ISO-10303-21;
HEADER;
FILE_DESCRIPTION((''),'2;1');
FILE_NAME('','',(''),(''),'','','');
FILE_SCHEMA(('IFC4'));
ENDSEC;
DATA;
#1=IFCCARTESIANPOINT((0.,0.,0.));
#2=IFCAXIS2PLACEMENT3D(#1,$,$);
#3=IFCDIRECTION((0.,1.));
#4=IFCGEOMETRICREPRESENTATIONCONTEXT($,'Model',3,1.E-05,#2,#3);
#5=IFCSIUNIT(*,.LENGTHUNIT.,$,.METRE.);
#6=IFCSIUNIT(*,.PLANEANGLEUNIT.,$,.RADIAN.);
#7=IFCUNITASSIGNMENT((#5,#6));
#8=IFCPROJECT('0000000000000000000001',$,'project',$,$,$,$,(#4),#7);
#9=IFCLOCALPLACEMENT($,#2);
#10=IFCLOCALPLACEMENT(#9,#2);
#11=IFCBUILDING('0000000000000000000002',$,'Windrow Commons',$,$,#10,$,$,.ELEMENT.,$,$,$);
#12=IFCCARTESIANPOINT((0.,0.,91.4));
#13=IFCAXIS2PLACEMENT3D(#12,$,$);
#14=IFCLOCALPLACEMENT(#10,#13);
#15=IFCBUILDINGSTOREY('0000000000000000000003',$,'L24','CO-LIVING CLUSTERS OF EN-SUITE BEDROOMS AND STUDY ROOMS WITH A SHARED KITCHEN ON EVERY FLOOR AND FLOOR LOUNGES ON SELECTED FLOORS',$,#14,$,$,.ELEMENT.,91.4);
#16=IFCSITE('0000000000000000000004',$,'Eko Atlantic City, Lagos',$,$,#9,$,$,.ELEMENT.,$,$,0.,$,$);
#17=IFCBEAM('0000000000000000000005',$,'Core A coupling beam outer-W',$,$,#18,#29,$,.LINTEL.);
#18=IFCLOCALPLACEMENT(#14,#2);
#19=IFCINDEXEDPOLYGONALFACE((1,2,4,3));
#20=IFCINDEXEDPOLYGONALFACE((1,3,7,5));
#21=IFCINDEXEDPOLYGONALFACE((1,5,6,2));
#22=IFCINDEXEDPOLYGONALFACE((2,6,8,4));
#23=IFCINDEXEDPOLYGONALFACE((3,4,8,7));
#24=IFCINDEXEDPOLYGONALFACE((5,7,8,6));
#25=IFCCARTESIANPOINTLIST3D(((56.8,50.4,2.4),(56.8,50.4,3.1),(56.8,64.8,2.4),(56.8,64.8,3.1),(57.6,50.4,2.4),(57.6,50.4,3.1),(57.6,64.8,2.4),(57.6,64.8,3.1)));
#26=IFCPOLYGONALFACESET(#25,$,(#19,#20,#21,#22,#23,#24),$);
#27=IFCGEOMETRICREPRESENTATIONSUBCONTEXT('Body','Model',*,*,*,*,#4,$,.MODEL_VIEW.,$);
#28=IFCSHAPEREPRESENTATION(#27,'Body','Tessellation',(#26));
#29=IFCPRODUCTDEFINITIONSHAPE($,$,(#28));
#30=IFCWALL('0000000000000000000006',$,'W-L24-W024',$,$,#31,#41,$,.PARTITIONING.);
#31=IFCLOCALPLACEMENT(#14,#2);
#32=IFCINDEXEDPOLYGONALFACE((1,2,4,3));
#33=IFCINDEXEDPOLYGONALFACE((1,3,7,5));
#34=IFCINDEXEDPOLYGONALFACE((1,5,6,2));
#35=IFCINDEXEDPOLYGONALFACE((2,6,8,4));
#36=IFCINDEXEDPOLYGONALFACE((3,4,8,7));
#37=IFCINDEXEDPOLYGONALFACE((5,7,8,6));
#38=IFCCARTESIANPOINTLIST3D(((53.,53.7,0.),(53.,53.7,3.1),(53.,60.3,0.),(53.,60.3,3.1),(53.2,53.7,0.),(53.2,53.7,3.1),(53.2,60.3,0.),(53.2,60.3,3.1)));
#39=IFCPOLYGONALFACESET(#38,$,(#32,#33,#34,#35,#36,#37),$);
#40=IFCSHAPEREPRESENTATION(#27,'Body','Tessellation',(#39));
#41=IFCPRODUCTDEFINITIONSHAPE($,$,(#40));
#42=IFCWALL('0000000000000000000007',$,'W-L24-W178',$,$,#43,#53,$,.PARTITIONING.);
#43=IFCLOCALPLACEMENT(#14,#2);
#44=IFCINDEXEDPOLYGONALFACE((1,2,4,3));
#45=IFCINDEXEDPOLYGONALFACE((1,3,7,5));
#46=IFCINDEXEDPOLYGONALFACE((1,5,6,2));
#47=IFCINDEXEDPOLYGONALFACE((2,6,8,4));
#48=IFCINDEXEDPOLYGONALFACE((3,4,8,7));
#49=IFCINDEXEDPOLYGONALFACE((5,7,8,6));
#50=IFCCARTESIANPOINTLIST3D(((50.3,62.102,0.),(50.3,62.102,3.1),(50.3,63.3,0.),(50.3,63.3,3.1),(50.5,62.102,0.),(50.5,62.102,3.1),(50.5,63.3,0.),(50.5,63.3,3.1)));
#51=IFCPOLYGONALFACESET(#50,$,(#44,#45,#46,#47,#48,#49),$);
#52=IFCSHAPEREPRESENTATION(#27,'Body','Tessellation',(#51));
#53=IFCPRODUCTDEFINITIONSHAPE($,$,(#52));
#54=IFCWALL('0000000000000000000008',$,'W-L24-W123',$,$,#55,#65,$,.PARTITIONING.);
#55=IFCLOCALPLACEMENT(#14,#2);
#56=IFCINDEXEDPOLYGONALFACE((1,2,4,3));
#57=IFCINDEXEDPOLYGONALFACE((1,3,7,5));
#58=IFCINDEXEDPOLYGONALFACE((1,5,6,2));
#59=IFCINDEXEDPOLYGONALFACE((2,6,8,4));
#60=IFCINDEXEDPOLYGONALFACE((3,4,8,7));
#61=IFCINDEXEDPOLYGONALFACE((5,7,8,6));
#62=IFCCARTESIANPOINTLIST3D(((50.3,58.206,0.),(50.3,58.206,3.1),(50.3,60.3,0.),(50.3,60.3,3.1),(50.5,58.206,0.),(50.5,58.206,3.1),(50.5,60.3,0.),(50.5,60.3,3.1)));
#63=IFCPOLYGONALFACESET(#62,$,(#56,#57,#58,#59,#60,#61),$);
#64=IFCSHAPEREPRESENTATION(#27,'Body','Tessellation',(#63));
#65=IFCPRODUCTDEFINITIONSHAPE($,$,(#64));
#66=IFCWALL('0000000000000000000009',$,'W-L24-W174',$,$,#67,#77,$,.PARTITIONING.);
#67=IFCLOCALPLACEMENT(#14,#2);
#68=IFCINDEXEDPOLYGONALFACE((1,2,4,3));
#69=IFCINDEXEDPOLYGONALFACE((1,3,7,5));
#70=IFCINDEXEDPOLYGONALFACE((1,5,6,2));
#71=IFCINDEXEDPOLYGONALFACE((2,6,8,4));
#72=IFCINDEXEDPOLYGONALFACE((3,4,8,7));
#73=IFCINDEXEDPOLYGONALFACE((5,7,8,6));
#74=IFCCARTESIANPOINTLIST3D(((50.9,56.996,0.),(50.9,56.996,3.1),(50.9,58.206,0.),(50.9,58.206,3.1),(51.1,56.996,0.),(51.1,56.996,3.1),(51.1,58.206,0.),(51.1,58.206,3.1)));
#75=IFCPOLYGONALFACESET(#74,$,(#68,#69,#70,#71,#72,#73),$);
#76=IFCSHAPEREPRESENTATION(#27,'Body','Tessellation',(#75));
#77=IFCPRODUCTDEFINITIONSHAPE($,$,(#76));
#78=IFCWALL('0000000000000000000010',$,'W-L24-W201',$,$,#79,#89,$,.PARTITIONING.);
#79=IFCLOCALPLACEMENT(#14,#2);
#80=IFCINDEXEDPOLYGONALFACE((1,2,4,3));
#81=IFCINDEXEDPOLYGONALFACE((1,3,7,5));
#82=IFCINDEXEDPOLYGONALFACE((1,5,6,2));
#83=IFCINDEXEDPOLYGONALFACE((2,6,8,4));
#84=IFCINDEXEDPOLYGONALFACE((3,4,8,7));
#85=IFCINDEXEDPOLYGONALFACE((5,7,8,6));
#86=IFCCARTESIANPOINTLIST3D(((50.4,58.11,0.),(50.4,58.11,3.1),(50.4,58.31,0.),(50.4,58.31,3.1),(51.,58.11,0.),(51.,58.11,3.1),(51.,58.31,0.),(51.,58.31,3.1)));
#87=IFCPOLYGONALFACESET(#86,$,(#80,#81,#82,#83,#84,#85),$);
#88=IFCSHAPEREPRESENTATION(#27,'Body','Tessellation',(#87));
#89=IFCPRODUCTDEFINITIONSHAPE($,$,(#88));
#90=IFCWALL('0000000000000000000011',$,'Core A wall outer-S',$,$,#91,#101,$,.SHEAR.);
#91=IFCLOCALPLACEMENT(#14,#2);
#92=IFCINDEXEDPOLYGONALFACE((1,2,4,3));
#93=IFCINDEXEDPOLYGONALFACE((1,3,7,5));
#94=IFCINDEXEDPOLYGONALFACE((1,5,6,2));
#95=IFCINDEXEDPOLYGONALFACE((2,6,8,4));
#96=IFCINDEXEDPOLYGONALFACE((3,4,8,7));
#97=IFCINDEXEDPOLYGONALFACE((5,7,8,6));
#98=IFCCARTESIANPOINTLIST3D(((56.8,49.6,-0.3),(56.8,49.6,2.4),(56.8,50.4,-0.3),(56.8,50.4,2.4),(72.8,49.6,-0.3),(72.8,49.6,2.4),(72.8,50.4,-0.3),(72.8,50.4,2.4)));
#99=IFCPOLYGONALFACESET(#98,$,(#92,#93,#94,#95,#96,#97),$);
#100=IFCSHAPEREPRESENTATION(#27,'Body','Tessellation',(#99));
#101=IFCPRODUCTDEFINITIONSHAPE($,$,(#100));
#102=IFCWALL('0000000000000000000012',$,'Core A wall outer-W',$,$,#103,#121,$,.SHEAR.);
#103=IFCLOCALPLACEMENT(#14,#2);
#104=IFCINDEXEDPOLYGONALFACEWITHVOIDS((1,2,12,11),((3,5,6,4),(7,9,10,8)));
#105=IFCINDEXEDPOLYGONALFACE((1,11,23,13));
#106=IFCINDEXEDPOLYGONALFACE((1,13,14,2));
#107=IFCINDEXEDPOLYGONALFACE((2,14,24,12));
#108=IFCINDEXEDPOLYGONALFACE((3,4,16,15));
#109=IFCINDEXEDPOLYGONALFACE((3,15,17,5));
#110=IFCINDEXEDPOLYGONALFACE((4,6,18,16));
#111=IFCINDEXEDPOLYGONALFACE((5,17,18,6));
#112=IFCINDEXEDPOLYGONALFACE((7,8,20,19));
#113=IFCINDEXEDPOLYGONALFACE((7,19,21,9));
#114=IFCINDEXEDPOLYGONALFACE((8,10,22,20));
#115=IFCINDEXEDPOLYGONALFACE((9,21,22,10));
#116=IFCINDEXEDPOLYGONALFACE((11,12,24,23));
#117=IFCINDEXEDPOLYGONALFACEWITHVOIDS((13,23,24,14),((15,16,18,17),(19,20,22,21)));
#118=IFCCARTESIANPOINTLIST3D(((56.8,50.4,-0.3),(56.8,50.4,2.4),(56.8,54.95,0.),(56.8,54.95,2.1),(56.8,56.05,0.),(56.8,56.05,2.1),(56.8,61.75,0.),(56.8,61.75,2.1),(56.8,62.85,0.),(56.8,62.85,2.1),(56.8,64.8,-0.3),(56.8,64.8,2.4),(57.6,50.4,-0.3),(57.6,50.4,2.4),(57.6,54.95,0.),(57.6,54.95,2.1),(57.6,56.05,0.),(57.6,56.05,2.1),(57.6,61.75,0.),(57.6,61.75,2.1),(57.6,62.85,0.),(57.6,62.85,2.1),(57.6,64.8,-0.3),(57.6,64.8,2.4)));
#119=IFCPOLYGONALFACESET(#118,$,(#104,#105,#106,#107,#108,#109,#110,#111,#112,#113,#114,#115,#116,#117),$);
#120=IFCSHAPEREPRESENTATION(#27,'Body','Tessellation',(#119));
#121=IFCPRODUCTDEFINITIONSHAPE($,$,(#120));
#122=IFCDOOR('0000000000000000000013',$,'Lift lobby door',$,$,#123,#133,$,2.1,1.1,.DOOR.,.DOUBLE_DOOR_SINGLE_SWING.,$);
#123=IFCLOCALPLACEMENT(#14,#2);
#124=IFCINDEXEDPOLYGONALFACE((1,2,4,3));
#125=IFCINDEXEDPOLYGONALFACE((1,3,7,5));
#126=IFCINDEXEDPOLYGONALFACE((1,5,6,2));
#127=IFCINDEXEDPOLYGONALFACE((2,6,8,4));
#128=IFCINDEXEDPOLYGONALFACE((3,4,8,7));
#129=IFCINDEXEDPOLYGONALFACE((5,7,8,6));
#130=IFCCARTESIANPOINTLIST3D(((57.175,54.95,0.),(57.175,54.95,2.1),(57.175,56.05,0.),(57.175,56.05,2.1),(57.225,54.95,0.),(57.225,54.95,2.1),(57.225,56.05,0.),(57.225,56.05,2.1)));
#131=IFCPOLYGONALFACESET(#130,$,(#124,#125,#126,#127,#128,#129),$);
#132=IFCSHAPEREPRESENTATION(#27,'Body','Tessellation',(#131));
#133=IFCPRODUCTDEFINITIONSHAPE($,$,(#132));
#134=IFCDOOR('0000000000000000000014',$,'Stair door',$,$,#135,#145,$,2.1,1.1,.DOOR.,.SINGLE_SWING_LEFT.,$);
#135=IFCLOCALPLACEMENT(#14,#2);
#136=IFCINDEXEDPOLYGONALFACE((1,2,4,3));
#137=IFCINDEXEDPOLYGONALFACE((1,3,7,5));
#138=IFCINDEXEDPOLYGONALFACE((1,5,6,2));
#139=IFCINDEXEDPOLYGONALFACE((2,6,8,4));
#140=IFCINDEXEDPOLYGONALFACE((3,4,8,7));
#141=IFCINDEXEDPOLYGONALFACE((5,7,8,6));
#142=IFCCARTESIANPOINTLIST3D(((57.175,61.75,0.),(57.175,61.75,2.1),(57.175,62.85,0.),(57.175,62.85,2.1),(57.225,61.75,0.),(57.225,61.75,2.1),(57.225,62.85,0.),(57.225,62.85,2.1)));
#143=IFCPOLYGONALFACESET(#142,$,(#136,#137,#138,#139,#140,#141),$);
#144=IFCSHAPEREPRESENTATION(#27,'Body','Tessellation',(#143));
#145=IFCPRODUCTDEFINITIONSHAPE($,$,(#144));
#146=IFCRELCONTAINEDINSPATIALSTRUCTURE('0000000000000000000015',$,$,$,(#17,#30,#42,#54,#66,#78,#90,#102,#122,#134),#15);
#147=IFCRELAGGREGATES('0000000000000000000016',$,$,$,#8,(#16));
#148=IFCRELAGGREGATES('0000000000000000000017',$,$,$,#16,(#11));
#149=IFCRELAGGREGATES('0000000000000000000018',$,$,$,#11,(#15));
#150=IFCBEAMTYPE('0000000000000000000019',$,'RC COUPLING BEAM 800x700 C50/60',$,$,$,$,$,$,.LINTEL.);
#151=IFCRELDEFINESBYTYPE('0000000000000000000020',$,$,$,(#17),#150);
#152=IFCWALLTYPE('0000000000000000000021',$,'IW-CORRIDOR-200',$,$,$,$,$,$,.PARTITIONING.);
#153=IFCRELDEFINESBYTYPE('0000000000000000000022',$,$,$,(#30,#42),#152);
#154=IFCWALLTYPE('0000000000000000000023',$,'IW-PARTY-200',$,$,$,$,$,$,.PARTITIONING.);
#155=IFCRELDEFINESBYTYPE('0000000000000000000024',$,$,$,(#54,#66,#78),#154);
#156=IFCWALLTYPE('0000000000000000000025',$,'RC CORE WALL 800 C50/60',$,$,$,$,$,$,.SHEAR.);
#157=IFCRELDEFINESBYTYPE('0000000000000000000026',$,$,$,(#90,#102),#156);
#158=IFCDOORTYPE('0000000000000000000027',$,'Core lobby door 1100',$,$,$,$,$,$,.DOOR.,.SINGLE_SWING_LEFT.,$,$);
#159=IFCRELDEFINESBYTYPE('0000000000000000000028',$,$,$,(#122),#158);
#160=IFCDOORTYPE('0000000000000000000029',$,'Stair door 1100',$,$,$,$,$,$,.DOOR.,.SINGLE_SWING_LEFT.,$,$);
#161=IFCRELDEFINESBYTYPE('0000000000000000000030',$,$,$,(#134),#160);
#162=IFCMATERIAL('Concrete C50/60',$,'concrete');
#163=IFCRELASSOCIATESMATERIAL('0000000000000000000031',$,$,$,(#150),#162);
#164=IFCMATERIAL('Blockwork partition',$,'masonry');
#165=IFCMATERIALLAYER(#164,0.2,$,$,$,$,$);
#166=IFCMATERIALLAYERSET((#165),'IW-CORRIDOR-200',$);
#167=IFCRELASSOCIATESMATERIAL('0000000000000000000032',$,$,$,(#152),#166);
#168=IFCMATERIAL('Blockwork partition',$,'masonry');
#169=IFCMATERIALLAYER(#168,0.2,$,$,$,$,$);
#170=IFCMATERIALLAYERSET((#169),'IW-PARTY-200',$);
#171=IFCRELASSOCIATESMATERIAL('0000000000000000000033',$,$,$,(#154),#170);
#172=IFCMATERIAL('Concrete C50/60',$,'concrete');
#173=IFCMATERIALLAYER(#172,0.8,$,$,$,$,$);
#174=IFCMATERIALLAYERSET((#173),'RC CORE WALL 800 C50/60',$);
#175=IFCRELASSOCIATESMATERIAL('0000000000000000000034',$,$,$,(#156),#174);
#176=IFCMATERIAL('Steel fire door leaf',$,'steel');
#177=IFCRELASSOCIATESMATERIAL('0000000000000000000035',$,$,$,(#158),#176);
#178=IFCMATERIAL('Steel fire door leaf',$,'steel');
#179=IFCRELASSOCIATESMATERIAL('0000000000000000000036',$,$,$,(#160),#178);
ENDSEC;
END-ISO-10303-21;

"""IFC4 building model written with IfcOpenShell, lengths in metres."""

from ifc_helpers import new_model, si_unit, direction, frame, frame_2d, origin, origin_2d, place, context, subcontext, project, spatial, rectangle, extrude, material, layer, layer_set, material_profile, profile_set, type_object, element, fill, save


model = new_model("IFC4")

# Units and contexts
model_context = context("Model", 3, precision=1e-05, world=origin(), true_north=direction((0.0, 1.0)))
body_context = subcontext(model_context, "Body", "Model", "MODEL_VIEW")
ifc_project = project(units=[si_unit("LENGTHUNIT", "METRE"), si_unit("PLANEANGLEUNIT", "RADIAN")], contexts=[model_context])

# Site, building, storey
site_placement = place(None, origin())
site = spatial("IfcSite", under=ifc_project, at=site_placement, Name="Eko Atlantic City, Lagos", CompositionType="ELEMENT", RefElevation=0.0)
building_placement = place(site_placement, origin())
building = spatial("IfcBuilding", under=site, at=building_placement, Name="Windrow Commons", CompositionType="ELEMENT")
storey_placement = place(building_placement, frame((0.0, 0.0, 91.4)))
storey = spatial("IfcBuildingStorey", under=building, at=storey_placement, Name="L24", Description="CO-LIVING CLUSTERS OF EN-SUITE BEDROOMS AND STUDY ROOMS WITH A SHARED KITCHEN ON EVERY FLOOR AND FLOOR LOUNGES ON SELECTED FLOORS", CompositionType="ELEMENT", Elevation=91.4)

# Beam
ifc_material_1 = material(Name="Concrete C50/60", Category="concrete")
ifc_material_profile = material_profile(ifc_material_1, rectangle(XDim=0.8, YDim=0.7, at=origin_2d()))
ifc_profile_set = profile_set([ifc_material_profile], Name="Concrete C50/60")
beam_type = type_object("IfcBeamType", Name="RC COUPLING BEAM 800x700 C50/60", PredefinedType="LINTEL", material=ifc_profile_set)
beam_placement = place(storey_placement, frame((57.2, 50.4, 2.75), z_axis=(0.0, 1.0, 0.0), x_axis=(-1.0, 0.0, 0.0)))
element("IfcBeam", 1, at=beam_placement, inside=storey, type_object=beam_type, Name="Core A coupling beam outer-W", PredefinedType="LINTEL", context=body_context, shape_type="SweptSolid", body=[
    extrude(rectangle(XDim=0.8, YDim=0.7, at=origin_2d()), origin(), (0.0, 0.0, 1.0), 14.4),
])

# Walls
ifc_material_2 = material(Name="Blockwork partition", Category="masonry")
ifc_layer_1 = layer(ifc_material_2, 0.2)
ifc_layer_set_1 = layer_set([ifc_layer_1], Name="IW-CORRIDOR-200")
wall_type_1 = type_object("IfcWallType", Name="IW-CORRIDOR-200", PredefinedType="PARTITIONING", material=ifc_layer_set_1)
wall_1_placement = place(storey_placement, frame((53.1, 53.7, 0.0), z_axis=(0.0, 0.0, 1.0), x_axis=(0.0, 1.0, 0.0)))
element("IfcWall", 2, at=wall_1_placement, inside=storey, type_object=wall_type_1, Name="W-L24-W024", PredefinedType="PARTITIONING", context=body_context, shape_type="SweptSolid", body=[
    extrude(rectangle(XDim=6.6, YDim=0.2, at=frame_2d((3.3, 0.0))), origin(), (0.0, 0.0, 1.0), 3.1),
])
wall_2_placement = place(storey_placement, frame((50.4, 62.102, 0.0), z_axis=(0.0, 0.0, 1.0), x_axis=(0.0, 1.0, 0.0)))
element("IfcWall", 3, at=wall_2_placement, inside=storey, type_object=wall_type_1, Name="W-L24-W178", PredefinedType="PARTITIONING", context=body_context, shape_type="SweptSolid", body=[
    extrude(rectangle(XDim=1.198, YDim=0.2, at=frame_2d((0.599, 0.0))), origin(), (0.0, 0.0, 1.0), 3.1),
])
ifc_material_3 = material(Name="Blockwork partition", Category="masonry")
ifc_layer_2 = layer(ifc_material_3, 0.2)
ifc_layer_set_2 = layer_set([ifc_layer_2], Name="IW-PARTY-200")
wall_type_2 = type_object("IfcWallType", Name="IW-PARTY-200", PredefinedType="PARTITIONING", material=ifc_layer_set_2)
wall_3_placement = place(storey_placement, frame((50.4, 58.206, 0.0), z_axis=(0.0, 0.0, 1.0), x_axis=(0.0, 1.0, 0.0)))
element("IfcWall", 4, at=wall_3_placement, inside=storey, type_object=wall_type_2, Name="W-L24-W123", PredefinedType="PARTITIONING", context=body_context, shape_type="SweptSolid", body=[
    extrude(rectangle(XDim=2.094, YDim=0.2, at=frame_2d((1.047, 0.0))), origin(), (0.0, 0.0, 1.0), 3.1),
])
wall_4_placement = place(storey_placement, frame((51.0, 56.996, 0.0), z_axis=(0.0, 0.0, 1.0), x_axis=(0.0, 1.0, 0.0)))
element("IfcWall", 5, at=wall_4_placement, inside=storey, type_object=wall_type_2, Name="W-L24-W174", PredefinedType="PARTITIONING", context=body_context, shape_type="SweptSolid", body=[
    extrude(rectangle(XDim=1.21, YDim=0.2, at=frame_2d((0.605, 0.0))), origin(), (0.0, 0.0, 1.0), 3.1),
])
wall_5_placement = place(storey_placement, frame((50.4, 58.21, 0.0), z_axis=(0.0, 0.0, 1.0), x_axis=(1.0, 0.0, 0.0)))
element("IfcWall", 6, at=wall_5_placement, inside=storey, type_object=wall_type_2, Name="W-L24-W201", PredefinedType="PARTITIONING", context=body_context, shape_type="SweptSolid", body=[
    extrude(rectangle(XDim=0.6, YDim=0.2, at=frame_2d((0.3, 0.0))), origin(), (0.0, 0.0, 1.0), 3.1),
])
ifc_material_4 = material(Name="Concrete C50/60", Category="concrete")
ifc_layer_3 = layer(ifc_material_4, 0.8)
ifc_layer_set_3 = layer_set([ifc_layer_3], Name="RC CORE WALL 800 C50/60")
wall_type_3 = type_object("IfcWallType", Name="RC CORE WALL 800 C50/60", PredefinedType="SHEAR", material=ifc_layer_set_3)
wall_6_placement = place(storey_placement, frame((56.8, 50.0, -0.3), z_axis=(0.0, 0.0, 1.0), x_axis=(1.0, 0.0, 0.0)))
element("IfcWall", 7, at=wall_6_placement, inside=storey, type_object=wall_type_3, Name="Core A wall outer-S", PredefinedType="SHEAR", context=body_context, shape_type="SweptSolid", body=[
    extrude(rectangle(XDim=16.0, YDim=0.8, at=frame_2d((8.0, 0.0))), origin(), (0.0, 0.0, 1.0), 2.7),
])

# Wall, openings, doors
wall_7_placement = place(storey_placement, frame((57.2, 50.4, -0.3), z_axis=(0.0, 0.0, 1.0), x_axis=(0.0, 1.0, 0.0)))
wall_7 = element("IfcWall", 8, at=wall_7_placement, inside=storey, type_object=wall_type_3, Name="Core A wall outer-W", PredefinedType="SHEAR", context=body_context, shape_type="SweptSolid", body=[
    extrude(rectangle(XDim=14.4, YDim=0.8, at=frame_2d((7.2, 0.0))), origin(), (0.0, 0.0, 1.0), 2.7),
])
opening_1_placement = place(wall_7_placement, frame((4.55, 0.0, 0.3)))
opening_1 = element("IfcOpeningElement", 9, at=opening_1_placement, cuts=wall_7, PredefinedType="OPENING", context=body_context, shape_type="SweptSolid", body=[
    extrude(rectangle(XDim=1.1, YDim=2.1, at=frame_2d((0.55, 1.05))), frame((0.0, 0.41, 0.0), z_axis=(0.0, -1.0, 0.0), x_axis=(1.0, 0.0, 0.0)), (0.0, 0.0, 1.0), 0.82),
])
opening_2_placement = place(wall_7_placement, frame((11.35, 0.0, 0.3)))
opening_2 = element("IfcOpeningElement", 10, at=opening_2_placement, cuts=wall_7, PredefinedType="OPENING", context=body_context, shape_type="SweptSolid", body=[
    extrude(rectangle(XDim=1.1, YDim=2.1, at=frame_2d((0.55, 1.05))), frame((0.0, 0.41, 0.0), z_axis=(0.0, -1.0, 0.0), x_axis=(1.0, 0.0, 0.0)), (0.0, 0.0, 1.0), 0.82),
])
ifc_material_5 = material(Name="Steel fire door leaf", Category="steel")
door_type_1 = type_object("IfcDoorType", Name="Core lobby door 1100", OperationType="SINGLE_SWING_LEFT", PredefinedType="DOOR", material=ifc_material_5)
door_1_placement = place(opening_1_placement, origin())
door_1 = element("IfcDoor", 11, at=door_1_placement, inside=storey, type_object=door_type_1, Name="Lift lobby door", OperationType="DOUBLE_DOOR_SINGLE_SWING", OverallHeight=2.1, OverallWidth=1.1, PredefinedType="DOOR", context=body_context, shape_type="SweptSolid", body=[
    extrude(rectangle(XDim=1.1, YDim=2.1, at=frame_2d((0.55, 1.05))), frame((0.0, 0.025, 0.0), z_axis=(0.0, -1.0, 0.0), x_axis=(1.0, 0.0, 0.0)), (0.0, 0.0, 1.0), 0.05),
])
fill(opening_1, door_1)
ifc_material_6 = material(Name="Steel fire door leaf", Category="steel")
door_type_2 = type_object("IfcDoorType", Name="Stair door 1100", OperationType="SINGLE_SWING_LEFT", PredefinedType="DOOR", material=ifc_material_6)
door_2_placement = place(opening_2_placement, origin())
door_2 = element("IfcDoor", 12, at=door_2_placement, inside=storey, type_object=door_type_2, Name="Stair door", OperationType="SINGLE_SWING_LEFT", OverallHeight=2.1, OverallWidth=1.1, PredefinedType="DOOR", context=body_context, shape_type="SweptSolid", body=[
    extrude(rectangle(XDim=1.1, YDim=2.1, at=frame_2d((0.55, 1.05))), frame((0.0, 0.025, 0.0), z_axis=(0.0, -1.0, 0.0), x_axis=(1.0, 0.0, 0.0)), (0.0, 0.0, 1.0), 0.05),
])
fill(opening_2, door_2)

save(model, "model.ifc")
